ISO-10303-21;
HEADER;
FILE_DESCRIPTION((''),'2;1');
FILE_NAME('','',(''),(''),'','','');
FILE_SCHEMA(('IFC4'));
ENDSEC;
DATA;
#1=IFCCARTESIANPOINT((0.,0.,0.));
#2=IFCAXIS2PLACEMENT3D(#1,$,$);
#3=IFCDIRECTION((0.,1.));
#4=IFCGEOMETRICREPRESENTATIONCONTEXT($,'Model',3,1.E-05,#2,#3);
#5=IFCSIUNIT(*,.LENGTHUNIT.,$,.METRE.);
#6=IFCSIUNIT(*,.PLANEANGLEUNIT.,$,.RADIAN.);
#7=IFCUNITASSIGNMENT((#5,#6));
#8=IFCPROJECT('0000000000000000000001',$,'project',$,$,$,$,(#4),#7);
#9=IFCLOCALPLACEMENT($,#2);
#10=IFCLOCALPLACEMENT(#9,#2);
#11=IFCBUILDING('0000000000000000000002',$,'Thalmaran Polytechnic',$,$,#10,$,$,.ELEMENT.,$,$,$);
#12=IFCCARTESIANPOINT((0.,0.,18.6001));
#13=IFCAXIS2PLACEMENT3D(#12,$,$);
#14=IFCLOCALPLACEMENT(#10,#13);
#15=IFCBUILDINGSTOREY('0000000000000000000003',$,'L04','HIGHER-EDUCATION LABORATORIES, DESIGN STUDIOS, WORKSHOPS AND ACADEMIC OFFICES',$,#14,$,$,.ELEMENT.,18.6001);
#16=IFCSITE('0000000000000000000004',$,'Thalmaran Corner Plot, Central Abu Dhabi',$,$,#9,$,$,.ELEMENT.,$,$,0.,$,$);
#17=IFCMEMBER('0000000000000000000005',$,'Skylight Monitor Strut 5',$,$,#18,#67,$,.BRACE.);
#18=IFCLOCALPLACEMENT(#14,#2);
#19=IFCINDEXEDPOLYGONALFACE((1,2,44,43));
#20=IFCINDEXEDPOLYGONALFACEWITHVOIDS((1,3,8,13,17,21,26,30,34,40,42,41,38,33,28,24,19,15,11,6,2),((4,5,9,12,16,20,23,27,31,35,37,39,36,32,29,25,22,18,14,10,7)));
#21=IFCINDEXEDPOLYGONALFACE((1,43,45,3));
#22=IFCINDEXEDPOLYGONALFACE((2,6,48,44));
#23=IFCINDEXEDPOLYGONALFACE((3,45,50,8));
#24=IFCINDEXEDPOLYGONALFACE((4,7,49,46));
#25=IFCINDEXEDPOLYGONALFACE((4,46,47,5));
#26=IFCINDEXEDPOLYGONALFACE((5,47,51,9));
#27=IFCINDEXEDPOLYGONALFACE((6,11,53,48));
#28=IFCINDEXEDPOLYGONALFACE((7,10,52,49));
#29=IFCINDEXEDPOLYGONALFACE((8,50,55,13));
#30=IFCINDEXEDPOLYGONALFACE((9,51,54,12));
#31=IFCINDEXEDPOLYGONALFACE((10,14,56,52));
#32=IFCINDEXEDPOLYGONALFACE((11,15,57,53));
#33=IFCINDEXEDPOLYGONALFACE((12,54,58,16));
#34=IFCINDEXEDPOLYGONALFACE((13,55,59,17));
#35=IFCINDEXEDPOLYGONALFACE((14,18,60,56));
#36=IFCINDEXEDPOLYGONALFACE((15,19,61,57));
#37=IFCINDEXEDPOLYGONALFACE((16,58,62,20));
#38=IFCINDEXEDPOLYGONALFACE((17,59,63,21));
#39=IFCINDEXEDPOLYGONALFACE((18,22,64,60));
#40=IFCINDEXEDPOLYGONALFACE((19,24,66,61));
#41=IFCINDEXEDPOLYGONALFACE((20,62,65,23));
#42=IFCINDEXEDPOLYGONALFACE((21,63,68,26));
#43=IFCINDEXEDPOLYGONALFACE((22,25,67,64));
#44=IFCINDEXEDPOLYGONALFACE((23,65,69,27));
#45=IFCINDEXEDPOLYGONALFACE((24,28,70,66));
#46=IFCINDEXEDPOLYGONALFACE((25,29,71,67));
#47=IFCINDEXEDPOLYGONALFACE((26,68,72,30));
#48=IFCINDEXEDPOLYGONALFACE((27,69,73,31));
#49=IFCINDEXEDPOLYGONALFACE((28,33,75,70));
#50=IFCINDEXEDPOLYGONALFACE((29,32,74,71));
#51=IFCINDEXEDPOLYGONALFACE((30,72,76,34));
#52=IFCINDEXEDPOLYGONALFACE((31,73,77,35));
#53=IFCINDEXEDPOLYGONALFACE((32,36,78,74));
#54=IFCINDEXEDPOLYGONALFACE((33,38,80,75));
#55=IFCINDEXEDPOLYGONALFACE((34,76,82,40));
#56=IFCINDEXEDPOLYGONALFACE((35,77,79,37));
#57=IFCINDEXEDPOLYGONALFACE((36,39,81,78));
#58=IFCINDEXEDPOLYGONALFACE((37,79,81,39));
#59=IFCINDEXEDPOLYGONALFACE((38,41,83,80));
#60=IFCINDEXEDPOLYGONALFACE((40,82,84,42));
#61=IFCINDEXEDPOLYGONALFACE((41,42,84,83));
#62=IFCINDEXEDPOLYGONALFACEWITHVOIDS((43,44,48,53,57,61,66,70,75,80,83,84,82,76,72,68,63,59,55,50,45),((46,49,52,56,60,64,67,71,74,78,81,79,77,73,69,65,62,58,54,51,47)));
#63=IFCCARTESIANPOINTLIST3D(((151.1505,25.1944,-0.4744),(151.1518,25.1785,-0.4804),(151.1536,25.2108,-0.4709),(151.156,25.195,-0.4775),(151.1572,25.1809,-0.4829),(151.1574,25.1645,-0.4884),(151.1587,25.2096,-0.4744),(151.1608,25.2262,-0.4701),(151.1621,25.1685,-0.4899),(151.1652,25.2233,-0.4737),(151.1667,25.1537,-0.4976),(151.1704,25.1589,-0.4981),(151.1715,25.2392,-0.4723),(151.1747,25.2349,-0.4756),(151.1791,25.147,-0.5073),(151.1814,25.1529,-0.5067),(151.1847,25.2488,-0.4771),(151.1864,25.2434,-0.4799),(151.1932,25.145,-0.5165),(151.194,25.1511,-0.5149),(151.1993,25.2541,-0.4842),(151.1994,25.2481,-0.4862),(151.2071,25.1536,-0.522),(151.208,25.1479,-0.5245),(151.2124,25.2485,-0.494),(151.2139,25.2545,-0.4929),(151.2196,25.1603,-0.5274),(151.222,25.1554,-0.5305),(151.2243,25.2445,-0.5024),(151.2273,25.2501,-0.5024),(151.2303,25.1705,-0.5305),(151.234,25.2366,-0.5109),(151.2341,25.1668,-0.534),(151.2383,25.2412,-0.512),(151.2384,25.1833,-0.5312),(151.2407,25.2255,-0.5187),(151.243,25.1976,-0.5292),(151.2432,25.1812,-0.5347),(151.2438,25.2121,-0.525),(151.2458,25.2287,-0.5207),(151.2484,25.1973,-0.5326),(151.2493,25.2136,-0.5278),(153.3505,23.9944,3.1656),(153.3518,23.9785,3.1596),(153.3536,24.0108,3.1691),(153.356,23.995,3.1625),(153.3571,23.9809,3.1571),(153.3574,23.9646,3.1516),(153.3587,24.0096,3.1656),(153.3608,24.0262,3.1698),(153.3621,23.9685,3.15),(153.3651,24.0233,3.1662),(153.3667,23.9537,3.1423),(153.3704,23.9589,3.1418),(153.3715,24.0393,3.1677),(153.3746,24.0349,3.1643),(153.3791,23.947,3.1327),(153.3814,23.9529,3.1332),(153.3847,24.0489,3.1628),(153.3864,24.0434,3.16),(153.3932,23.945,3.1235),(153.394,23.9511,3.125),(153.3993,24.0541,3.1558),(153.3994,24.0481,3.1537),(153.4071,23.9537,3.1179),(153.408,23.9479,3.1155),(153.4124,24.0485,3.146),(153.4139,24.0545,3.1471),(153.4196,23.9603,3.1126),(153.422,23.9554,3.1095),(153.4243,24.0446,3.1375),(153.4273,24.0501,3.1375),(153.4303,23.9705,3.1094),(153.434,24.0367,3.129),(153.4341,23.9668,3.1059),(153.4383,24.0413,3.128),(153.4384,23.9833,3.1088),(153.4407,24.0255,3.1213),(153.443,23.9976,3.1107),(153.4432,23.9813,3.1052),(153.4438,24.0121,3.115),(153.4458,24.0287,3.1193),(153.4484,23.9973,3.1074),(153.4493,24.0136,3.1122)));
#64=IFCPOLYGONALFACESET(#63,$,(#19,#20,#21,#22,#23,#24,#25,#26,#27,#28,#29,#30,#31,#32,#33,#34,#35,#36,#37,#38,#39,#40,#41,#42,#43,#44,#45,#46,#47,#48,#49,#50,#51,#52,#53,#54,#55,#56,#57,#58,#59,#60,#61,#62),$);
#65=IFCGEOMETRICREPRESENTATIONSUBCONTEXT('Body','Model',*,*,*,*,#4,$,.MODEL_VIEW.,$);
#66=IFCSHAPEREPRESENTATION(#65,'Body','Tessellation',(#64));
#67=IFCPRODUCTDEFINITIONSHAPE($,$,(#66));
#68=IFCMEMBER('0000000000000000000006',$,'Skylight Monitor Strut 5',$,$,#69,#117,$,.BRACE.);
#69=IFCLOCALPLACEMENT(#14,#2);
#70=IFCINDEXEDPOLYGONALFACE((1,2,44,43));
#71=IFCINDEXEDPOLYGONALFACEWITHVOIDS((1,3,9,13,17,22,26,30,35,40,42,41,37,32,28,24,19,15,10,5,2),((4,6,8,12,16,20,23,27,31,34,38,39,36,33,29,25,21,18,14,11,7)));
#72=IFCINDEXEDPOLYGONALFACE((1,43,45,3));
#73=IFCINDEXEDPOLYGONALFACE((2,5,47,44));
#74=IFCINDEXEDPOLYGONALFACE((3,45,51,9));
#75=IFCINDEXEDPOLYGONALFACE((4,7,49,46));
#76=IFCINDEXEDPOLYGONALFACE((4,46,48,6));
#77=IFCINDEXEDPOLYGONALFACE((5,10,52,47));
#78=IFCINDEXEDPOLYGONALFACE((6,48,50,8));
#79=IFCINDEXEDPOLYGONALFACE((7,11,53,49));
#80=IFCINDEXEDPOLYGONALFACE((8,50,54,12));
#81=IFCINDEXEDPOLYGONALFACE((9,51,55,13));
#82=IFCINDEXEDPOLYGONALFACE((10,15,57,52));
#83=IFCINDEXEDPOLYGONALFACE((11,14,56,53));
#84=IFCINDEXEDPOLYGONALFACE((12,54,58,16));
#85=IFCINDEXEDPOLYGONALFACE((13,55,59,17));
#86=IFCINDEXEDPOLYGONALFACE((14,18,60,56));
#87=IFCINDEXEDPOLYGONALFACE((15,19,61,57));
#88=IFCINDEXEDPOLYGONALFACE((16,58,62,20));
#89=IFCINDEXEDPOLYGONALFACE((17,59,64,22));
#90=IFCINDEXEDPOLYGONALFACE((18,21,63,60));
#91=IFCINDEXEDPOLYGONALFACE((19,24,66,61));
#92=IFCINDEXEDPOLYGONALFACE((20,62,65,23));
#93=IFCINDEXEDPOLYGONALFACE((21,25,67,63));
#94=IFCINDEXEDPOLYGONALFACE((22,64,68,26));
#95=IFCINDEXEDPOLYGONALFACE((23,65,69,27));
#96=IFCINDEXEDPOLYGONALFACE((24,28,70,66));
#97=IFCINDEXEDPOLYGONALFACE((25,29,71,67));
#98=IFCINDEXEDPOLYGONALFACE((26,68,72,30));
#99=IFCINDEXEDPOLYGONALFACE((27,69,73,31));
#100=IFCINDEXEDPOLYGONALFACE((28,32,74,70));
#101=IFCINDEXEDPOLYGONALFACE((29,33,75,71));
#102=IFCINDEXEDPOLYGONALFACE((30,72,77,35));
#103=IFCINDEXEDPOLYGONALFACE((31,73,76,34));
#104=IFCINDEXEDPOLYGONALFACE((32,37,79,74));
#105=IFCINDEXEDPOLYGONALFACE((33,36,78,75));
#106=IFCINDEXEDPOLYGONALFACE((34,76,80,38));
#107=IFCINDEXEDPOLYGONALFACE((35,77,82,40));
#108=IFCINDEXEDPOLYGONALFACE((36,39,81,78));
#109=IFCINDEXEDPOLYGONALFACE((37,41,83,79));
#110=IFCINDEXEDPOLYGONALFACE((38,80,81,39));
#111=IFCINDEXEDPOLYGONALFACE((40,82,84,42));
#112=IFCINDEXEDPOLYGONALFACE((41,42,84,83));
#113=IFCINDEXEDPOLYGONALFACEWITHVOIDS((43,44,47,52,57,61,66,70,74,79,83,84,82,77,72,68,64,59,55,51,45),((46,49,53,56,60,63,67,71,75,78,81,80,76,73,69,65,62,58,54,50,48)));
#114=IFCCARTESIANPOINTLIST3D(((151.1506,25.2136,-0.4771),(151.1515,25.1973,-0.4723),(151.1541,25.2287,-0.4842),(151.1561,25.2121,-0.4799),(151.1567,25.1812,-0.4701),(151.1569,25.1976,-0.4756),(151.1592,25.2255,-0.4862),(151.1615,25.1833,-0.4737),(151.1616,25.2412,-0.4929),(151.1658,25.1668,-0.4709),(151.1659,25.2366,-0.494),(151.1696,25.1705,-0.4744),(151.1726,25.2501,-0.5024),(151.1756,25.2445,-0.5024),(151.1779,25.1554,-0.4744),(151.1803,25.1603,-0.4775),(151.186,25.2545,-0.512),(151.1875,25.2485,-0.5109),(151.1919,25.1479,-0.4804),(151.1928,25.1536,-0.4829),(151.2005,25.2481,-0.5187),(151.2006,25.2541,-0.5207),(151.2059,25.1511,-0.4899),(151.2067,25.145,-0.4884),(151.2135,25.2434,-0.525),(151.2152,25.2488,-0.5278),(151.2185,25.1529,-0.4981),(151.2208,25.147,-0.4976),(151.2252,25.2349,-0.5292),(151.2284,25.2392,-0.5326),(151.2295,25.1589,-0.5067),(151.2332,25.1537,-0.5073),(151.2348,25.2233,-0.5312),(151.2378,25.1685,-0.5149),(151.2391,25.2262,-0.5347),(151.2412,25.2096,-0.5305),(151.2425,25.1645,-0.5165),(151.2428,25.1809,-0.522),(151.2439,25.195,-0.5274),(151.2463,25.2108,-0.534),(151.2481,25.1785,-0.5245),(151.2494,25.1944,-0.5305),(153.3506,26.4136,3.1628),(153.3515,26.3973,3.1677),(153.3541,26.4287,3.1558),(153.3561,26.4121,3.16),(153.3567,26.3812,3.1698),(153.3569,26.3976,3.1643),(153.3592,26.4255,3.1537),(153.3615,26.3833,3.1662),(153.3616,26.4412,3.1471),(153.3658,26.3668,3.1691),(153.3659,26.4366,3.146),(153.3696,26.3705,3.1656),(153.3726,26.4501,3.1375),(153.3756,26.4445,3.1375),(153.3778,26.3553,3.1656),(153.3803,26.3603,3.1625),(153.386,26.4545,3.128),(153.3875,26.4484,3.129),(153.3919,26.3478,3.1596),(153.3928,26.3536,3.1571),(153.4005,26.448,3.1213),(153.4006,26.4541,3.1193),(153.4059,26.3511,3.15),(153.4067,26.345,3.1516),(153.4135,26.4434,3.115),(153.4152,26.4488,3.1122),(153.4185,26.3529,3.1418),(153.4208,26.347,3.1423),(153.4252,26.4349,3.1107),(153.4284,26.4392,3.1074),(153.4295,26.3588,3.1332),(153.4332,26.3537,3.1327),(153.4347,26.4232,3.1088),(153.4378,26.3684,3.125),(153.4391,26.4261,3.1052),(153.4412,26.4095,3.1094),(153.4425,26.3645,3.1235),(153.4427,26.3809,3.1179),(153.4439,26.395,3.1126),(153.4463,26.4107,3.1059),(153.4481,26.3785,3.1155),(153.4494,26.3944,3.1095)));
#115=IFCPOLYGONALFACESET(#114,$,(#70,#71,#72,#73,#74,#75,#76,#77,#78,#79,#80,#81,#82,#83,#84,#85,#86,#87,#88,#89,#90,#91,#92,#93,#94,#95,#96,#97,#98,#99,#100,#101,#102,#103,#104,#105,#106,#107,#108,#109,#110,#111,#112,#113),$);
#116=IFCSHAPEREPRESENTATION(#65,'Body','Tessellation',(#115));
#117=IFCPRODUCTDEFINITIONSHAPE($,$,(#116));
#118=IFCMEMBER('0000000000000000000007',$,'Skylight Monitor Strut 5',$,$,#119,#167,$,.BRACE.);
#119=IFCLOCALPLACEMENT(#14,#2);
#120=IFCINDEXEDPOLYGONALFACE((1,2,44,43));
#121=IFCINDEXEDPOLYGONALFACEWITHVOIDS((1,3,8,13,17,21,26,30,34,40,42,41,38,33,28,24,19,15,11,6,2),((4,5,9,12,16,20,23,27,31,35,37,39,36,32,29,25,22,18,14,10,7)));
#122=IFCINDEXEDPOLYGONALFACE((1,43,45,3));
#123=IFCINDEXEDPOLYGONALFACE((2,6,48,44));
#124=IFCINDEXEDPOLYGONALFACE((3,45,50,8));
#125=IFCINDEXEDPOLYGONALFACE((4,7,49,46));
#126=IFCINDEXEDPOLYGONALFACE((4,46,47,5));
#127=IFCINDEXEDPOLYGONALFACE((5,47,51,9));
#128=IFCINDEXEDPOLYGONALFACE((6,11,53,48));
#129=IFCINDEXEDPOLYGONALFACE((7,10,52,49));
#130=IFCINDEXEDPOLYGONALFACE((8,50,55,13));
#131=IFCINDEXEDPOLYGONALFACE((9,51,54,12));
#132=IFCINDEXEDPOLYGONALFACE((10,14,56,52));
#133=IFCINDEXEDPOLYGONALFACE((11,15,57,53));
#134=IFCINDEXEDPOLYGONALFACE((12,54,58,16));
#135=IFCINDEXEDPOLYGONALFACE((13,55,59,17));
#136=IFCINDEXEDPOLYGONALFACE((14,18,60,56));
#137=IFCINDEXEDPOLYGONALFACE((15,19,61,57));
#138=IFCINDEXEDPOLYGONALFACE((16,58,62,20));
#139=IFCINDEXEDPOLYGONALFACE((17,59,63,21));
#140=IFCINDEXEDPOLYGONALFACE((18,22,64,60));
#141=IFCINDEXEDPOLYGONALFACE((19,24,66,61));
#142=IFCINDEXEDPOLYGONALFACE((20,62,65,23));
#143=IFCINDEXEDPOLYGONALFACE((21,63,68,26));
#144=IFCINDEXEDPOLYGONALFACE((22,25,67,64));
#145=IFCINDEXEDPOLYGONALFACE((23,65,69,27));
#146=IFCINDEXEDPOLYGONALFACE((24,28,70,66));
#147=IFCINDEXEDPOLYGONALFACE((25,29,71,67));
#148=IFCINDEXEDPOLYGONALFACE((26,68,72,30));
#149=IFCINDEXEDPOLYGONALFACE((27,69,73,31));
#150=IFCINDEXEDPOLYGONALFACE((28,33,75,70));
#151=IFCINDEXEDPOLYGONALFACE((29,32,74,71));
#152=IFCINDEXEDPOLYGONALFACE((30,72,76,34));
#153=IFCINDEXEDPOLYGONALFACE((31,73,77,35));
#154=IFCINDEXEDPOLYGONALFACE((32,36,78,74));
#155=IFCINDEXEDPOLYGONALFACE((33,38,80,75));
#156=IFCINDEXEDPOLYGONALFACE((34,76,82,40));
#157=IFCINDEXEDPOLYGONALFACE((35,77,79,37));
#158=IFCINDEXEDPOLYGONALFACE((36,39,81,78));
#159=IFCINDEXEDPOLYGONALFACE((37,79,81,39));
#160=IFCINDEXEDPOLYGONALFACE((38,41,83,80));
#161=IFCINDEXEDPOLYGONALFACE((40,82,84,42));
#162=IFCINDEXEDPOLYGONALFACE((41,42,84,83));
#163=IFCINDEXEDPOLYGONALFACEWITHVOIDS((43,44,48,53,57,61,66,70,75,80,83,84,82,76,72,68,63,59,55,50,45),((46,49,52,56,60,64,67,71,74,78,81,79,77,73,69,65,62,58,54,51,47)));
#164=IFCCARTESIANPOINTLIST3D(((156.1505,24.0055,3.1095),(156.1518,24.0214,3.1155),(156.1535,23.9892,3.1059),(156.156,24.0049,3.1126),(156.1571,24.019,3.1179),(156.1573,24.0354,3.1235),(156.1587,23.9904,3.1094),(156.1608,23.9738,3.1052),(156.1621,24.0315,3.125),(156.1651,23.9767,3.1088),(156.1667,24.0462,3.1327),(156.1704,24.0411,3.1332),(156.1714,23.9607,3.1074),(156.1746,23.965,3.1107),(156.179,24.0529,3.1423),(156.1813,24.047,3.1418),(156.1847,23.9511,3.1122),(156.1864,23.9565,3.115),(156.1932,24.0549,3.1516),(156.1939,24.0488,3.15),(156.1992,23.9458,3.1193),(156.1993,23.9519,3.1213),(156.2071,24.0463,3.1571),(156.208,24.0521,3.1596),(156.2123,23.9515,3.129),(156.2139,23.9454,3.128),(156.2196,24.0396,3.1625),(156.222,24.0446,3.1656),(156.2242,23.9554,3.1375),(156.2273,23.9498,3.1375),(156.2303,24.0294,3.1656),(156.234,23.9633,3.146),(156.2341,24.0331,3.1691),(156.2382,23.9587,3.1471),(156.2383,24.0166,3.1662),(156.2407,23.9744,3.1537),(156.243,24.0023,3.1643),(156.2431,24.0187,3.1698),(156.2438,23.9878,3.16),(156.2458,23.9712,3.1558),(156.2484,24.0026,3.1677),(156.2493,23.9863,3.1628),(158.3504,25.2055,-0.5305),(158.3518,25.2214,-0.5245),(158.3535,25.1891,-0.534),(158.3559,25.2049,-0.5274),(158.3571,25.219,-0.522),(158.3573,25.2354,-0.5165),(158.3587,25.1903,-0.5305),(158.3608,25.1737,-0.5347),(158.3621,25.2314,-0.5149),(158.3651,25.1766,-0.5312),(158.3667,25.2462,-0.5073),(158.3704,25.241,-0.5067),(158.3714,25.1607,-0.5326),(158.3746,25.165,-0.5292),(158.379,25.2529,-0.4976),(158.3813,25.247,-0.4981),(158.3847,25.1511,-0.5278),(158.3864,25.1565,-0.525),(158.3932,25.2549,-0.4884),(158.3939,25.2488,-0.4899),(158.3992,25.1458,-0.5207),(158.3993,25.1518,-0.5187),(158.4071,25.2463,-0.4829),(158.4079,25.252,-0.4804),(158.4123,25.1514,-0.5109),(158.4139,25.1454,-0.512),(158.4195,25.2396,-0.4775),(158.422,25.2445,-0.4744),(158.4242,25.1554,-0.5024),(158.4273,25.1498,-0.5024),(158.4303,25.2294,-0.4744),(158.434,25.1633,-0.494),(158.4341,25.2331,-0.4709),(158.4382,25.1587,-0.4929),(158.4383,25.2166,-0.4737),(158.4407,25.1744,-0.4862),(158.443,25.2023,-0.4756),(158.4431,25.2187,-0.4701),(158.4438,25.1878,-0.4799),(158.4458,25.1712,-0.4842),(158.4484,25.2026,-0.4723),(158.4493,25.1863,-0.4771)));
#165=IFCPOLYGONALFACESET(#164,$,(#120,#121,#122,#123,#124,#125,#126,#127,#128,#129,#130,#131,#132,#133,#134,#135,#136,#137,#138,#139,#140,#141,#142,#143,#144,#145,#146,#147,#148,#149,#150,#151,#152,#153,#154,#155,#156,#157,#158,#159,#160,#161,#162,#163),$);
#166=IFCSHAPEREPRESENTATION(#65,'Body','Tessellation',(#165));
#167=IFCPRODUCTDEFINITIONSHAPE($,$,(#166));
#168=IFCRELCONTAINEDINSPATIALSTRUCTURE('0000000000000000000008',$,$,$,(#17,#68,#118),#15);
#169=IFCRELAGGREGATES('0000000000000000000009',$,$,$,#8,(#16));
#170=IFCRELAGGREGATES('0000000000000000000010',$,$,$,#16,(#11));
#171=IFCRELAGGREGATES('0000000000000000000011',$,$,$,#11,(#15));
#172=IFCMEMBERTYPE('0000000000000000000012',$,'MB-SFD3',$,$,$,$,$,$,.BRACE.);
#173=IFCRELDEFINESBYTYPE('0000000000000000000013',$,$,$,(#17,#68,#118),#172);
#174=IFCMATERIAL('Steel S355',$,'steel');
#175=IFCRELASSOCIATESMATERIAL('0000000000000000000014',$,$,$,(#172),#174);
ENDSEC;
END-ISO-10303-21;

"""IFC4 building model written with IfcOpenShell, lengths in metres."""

from ifc_helpers import new_model, si_unit, direction, frame, origin, origin_2d, place, context, subcontext, project, spatial, hollow_circle, extrude, material, material_profile, profile_set, type_object, element, save


model = new_model("IFC4")

# Units and contexts
model_context = context("Model", 3, precision=1e-05, world=origin(), true_north=direction((0.0, 1.0)))
body_context = subcontext(model_context, "Body", "Model", "MODEL_VIEW")
ifc_project = project(units=[si_unit("LENGTHUNIT", "METRE"), si_unit("PLANEANGLEUNIT", "RADIAN")], contexts=[model_context])

# Site, building, storey
site_placement = place(None, origin())
site = spatial("IfcSite", under=ifc_project, at=site_placement, Name="Thalmaran Corner Plot, Central Abu Dhabi", CompositionType="ELEMENT", RefElevation=0.0)
building_placement = place(site_placement, origin())
building = spatial("IfcBuilding", under=site, at=building_placement, Name="Thalmaran Polytechnic", CompositionType="ELEMENT")
storey_placement = place(building_placement, frame((0.0, 0.0, 18.6001)))
storey = spatial("IfcBuildingStorey", under=building, at=storey_placement, Name="L04", Description="HIGHER-EDUCATION LABORATORIES, DESIGN STUDIOS, WORKSHOPS AND ACADEMIC OFFICES", CompositionType="ELEMENT", Elevation=18.6001)

# Members
ifc_material_1 = material(Name="Steel S355", Category="steel")
ifc_material_profile_1 = material_profile(ifc_material_1, hollow_circle(Radius=0.0571, WallThickness=0.0063, at=origin_2d()), Name="CHS 114.3x6.3")
ifc_profile_set_1 = profile_set([ifc_material_profile_1], Name="Steel S355")
member_type = type_object("IfcMemberType", Name="MB-SFD3", PredefinedType="BRACE", material=ifc_profile_set_1)
for number, where, z_axis, x_axis, name in (
    (1, (151.2, 25.2, -0.5024), (0.497827, -0.271537, 0.823672), (0.478845, 0.877899, 0.0), "Skylight Monitor Strut 5"),
    (2, (151.2, 25.2, -0.5024), (0.497827, 0.271537, 0.823672), (-0.478845, 0.877899, 0.0), "Skylight Monitor Strut 5"),
    (3, (158.3999, 25.2, -0.5024), (-0.497827, -0.271537, 0.823672), (0.478845, -0.877899, 0.0), "Skylight Monitor Strut 5"),
):
    element("IfcMember", number, at=place(storey_placement, frame(where, z_axis=z_axis, x_axis=x_axis)), inside=storey, type_object=member_type, Name=name, PredefinedType="BRACE", context=body_context, shape_type="SweptSolid", body=[
        extrude(hollow_circle(Radius=0.0571, WallThickness=0.0063, at=origin_2d()), origin(), (0.0, 0.0, 1.0), 4.4192),
    ])

save(model, "model.ifc")
